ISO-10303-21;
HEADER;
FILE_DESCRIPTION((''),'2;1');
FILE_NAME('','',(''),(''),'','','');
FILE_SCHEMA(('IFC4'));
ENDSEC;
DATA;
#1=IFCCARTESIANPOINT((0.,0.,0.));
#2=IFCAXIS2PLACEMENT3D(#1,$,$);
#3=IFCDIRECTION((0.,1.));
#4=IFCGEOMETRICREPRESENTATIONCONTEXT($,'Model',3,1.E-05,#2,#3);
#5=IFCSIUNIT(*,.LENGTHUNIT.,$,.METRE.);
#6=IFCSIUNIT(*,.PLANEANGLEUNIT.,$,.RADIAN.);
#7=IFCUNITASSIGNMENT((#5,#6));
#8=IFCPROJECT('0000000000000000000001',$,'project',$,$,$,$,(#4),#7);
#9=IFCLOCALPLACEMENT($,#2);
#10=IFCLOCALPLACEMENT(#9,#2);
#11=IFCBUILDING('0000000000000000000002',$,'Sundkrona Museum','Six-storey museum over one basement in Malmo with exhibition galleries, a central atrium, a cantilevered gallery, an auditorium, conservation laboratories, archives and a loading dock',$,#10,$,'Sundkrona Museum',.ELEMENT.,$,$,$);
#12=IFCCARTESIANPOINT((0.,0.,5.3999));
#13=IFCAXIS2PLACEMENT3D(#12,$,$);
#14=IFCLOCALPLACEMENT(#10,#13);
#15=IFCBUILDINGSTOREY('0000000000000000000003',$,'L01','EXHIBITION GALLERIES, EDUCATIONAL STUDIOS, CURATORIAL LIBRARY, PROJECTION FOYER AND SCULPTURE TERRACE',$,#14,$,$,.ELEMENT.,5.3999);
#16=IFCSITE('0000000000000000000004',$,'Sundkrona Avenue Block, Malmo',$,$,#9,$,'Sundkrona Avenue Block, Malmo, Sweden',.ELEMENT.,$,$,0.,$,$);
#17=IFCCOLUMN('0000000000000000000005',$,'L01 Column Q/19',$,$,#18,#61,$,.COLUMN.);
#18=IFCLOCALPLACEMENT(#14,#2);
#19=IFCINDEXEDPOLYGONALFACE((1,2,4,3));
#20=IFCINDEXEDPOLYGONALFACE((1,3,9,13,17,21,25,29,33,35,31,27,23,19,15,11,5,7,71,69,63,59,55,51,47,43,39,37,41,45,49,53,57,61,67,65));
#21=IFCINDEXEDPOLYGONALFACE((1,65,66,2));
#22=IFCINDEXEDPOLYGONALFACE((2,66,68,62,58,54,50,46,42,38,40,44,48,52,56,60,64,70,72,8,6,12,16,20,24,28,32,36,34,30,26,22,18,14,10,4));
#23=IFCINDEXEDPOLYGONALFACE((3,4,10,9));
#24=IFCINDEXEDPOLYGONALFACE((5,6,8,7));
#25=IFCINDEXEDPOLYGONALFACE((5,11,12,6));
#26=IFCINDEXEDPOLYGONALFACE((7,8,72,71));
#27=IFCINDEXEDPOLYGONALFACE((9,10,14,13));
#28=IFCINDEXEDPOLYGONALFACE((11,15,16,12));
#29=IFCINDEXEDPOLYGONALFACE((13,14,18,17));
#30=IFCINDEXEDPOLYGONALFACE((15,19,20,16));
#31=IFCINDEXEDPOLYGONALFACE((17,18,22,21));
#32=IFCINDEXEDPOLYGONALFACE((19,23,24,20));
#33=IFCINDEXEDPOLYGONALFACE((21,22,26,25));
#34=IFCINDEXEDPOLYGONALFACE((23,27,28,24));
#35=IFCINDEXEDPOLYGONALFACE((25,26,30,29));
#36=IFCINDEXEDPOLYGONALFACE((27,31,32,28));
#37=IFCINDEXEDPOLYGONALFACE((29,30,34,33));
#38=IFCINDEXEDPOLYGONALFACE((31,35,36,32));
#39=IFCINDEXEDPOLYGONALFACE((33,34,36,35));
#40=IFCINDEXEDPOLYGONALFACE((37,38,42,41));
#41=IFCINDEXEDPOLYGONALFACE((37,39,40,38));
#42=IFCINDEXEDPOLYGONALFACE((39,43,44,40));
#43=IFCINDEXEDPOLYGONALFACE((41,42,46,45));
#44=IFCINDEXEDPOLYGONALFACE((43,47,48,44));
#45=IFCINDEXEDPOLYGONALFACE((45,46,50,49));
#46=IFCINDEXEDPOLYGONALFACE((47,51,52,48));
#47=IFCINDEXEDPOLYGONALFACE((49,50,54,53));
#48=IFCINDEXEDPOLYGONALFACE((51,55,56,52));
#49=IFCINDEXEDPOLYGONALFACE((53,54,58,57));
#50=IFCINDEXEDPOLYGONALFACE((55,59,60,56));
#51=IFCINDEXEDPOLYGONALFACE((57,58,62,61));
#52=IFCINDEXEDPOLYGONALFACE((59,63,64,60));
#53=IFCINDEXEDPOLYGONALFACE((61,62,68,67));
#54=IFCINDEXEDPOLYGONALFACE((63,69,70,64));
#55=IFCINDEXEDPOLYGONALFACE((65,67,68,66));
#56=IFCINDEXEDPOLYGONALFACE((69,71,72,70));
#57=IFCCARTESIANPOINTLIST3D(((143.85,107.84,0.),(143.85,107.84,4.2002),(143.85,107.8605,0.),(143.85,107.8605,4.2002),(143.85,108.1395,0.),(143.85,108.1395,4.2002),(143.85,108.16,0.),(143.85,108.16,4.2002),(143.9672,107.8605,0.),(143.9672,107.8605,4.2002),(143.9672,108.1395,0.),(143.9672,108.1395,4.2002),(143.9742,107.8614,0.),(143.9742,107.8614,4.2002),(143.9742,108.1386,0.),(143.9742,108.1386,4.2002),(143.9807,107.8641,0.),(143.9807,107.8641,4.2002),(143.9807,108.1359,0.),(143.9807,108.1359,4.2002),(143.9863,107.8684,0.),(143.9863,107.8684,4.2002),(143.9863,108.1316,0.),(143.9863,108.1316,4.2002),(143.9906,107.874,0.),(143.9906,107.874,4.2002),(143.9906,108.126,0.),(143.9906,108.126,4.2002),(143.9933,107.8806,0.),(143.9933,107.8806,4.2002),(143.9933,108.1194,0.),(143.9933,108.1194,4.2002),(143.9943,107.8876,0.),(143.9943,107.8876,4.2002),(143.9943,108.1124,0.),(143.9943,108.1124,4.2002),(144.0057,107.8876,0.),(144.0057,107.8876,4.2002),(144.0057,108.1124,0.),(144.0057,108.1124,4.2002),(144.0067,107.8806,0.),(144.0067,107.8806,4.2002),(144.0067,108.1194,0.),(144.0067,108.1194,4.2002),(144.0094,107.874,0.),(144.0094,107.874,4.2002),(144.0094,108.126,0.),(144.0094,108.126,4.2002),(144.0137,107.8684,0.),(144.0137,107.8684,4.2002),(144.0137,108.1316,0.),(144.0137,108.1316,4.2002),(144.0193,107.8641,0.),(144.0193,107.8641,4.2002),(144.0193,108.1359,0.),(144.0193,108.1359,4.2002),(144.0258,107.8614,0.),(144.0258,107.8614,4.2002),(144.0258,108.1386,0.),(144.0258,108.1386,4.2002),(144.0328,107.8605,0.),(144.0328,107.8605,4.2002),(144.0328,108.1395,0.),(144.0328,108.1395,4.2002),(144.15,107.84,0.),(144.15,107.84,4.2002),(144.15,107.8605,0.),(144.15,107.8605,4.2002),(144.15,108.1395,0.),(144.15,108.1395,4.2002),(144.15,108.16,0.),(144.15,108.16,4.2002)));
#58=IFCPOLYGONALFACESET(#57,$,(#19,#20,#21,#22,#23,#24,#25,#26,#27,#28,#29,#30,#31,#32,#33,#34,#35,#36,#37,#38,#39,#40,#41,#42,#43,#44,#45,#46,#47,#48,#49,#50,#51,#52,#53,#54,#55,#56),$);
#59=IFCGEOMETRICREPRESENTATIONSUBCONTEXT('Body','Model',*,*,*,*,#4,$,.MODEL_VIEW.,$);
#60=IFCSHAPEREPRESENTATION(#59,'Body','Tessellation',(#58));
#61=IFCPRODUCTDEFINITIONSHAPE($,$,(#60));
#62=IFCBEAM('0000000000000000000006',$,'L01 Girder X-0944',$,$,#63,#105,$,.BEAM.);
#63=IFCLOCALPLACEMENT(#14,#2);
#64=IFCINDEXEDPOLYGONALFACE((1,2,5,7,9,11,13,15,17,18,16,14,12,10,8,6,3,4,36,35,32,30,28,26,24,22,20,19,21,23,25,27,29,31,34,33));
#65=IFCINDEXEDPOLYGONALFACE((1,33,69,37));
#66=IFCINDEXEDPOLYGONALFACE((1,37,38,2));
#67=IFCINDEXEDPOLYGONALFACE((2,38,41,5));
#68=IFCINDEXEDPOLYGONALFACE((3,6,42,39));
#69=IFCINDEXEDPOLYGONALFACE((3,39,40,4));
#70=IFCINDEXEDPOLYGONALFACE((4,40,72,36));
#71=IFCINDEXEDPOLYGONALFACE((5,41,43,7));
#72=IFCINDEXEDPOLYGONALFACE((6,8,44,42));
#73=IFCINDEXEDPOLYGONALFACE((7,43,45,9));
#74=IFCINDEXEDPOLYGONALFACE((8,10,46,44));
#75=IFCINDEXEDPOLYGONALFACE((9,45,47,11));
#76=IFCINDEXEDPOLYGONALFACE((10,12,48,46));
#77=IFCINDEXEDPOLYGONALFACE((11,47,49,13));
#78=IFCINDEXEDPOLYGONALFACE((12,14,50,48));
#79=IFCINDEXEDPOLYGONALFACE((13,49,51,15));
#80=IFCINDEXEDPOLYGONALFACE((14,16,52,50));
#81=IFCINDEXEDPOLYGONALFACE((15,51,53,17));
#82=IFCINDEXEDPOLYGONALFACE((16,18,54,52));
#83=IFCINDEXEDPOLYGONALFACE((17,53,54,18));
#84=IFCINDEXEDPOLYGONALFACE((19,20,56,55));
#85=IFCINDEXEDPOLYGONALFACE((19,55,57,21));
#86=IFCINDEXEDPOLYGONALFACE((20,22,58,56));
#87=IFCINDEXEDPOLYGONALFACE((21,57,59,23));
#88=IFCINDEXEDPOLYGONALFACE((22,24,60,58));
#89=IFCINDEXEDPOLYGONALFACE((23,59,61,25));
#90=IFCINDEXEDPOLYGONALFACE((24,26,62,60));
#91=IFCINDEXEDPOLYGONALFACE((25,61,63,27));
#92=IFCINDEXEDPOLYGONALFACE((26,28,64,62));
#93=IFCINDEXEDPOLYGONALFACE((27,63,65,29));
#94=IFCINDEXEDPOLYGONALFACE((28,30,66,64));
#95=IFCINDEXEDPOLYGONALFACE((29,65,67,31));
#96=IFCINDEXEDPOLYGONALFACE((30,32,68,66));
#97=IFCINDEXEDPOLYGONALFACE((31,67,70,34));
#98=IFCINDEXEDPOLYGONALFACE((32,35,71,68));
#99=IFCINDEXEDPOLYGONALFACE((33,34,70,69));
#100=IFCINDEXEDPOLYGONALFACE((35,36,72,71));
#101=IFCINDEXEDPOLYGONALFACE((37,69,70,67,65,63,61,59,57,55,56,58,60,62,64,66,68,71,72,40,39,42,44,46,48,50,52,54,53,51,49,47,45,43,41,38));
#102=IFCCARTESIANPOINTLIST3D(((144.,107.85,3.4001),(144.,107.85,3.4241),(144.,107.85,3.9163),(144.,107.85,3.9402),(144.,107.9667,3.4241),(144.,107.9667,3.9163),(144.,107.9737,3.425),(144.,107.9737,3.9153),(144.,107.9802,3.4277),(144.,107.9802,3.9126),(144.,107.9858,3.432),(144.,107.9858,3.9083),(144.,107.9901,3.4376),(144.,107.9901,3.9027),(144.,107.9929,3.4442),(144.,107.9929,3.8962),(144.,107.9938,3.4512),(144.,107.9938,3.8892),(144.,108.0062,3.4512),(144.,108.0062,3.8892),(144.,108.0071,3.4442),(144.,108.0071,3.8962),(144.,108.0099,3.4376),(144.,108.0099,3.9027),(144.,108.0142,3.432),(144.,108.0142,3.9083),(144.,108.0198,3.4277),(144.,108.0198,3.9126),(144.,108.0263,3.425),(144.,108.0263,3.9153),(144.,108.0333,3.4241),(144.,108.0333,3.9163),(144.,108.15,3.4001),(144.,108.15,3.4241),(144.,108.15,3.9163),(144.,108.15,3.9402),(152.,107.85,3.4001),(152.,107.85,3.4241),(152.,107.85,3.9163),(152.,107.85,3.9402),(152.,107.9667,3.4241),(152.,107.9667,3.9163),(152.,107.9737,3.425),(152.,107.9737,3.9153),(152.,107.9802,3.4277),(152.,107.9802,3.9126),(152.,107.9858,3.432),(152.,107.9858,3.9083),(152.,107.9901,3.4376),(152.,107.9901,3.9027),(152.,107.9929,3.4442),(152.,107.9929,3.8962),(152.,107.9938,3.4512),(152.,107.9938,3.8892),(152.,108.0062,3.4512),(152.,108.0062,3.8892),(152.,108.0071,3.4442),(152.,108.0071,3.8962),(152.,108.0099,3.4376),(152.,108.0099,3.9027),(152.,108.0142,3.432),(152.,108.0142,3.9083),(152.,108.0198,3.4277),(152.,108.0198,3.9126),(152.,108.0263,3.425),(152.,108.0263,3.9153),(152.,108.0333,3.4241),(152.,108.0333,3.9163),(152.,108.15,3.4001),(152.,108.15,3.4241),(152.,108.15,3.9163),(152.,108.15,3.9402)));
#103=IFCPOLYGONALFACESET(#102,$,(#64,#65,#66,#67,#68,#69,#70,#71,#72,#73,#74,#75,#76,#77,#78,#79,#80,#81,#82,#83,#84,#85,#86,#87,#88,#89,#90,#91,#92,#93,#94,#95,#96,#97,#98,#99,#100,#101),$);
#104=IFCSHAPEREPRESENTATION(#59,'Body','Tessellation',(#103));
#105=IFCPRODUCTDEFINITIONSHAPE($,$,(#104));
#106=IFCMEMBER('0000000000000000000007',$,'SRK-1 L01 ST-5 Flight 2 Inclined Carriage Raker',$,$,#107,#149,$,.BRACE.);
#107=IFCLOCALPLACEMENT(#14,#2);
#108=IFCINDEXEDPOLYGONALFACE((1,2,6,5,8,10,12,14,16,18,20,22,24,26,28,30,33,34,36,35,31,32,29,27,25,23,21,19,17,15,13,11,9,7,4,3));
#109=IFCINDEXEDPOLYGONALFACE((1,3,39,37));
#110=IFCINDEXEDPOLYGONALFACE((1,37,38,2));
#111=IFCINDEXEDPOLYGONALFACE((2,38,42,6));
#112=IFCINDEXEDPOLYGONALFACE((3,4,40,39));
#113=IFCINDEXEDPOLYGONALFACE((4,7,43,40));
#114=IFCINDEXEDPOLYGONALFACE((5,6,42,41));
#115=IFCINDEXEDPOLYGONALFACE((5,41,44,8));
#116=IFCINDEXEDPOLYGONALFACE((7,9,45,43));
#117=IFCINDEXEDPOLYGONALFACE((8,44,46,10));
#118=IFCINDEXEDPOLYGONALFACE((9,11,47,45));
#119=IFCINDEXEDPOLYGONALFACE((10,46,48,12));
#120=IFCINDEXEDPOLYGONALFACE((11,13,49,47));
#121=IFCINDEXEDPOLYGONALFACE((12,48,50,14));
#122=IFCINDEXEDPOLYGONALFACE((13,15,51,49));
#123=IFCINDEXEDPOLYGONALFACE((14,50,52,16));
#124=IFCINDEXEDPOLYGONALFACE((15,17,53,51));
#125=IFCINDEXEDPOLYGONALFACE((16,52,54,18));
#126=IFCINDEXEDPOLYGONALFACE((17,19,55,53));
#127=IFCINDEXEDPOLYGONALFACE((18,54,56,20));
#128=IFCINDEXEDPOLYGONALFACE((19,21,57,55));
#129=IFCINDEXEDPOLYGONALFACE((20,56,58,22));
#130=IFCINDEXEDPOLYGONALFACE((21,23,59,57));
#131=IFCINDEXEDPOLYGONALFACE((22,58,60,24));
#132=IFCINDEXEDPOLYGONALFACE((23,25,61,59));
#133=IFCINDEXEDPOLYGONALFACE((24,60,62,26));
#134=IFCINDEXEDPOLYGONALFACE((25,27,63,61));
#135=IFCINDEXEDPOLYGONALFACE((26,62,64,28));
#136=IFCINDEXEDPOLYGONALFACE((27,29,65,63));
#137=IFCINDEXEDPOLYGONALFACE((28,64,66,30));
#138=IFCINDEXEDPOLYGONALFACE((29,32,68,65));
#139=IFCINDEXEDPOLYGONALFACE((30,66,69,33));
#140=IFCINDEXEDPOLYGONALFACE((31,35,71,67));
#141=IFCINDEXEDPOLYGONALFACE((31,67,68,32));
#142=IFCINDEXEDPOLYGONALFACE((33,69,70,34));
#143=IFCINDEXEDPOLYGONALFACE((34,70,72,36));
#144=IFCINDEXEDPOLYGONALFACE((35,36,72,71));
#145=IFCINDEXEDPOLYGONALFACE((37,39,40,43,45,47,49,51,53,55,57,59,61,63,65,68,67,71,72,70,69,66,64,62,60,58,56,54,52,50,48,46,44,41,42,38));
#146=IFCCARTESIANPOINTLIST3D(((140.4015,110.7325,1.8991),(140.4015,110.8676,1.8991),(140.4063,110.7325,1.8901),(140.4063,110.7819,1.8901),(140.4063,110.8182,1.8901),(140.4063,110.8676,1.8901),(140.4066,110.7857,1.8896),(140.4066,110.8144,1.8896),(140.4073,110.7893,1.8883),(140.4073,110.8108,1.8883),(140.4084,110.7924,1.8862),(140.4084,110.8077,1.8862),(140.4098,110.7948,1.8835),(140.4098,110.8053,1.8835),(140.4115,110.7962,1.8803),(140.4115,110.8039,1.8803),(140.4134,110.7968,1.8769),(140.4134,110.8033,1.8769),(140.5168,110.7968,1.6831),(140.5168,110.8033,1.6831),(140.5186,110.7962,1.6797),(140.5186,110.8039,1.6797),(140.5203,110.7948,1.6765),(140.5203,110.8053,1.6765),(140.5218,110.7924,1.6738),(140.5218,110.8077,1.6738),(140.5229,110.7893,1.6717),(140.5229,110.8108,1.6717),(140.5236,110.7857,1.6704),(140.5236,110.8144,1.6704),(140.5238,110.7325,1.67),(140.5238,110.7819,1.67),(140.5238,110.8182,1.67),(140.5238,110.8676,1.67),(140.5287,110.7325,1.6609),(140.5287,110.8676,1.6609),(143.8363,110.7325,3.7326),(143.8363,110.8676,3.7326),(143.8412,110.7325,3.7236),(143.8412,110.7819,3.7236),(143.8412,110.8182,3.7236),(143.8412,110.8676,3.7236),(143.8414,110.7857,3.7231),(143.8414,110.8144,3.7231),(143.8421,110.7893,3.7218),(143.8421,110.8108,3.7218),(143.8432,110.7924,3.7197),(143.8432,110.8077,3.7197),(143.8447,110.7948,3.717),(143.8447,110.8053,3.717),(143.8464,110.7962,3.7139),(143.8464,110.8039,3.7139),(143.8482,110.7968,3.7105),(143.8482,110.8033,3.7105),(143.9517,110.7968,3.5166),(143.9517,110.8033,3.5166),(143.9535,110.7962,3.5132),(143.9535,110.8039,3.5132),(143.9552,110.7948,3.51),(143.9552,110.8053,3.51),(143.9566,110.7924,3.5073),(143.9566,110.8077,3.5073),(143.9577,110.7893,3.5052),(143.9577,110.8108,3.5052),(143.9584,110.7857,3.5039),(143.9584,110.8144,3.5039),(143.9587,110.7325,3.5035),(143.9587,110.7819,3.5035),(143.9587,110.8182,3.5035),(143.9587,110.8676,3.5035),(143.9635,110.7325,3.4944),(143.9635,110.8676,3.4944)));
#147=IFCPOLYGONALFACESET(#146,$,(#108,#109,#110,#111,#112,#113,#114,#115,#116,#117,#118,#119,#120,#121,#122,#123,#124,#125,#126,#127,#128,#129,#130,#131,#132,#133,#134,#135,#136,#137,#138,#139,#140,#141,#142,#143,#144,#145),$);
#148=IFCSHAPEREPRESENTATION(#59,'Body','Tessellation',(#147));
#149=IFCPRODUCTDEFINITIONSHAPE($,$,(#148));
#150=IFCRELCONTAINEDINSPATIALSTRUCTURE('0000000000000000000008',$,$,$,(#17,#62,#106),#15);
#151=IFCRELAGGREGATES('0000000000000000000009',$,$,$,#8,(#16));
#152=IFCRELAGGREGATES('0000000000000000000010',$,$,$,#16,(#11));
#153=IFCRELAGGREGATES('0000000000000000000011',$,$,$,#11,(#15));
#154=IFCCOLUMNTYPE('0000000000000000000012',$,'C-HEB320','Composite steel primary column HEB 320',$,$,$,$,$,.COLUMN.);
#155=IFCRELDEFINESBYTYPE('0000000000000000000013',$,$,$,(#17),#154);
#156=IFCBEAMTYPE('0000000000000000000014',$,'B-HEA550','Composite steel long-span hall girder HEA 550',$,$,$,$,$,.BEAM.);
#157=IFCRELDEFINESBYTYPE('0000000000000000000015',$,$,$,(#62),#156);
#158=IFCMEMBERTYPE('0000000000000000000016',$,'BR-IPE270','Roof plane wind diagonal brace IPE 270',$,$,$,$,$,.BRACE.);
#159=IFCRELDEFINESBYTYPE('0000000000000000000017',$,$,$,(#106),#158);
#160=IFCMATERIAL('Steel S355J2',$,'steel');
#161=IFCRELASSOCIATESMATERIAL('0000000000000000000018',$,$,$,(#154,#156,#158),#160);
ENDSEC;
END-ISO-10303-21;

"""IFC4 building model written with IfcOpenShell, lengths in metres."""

from ifc_helpers import new_model, si_unit, direction, frame, origin, origin_2d, place, context, subcontext, project, spatial, i_section, extrude, material, material_profile, profile_set, type_object, element, save


model = new_model("IFC4")

# Units and contexts
model_context = context("Model", 3, precision=1e-05, world=origin(), true_north=direction((0.0, 1.0)))
body_context = subcontext(model_context, "Body", "Model", "MODEL_VIEW")
ifc_project = project(units=[si_unit("LENGTHUNIT", "METRE"), si_unit("PLANEANGLEUNIT", "RADIAN")], contexts=[model_context])

# Site, building, storey
site_placement = place(None, origin())
site = spatial("IfcSite", under=ifc_project, at=site_placement, Name="Sundkrona Avenue Block, Malmo", LongName="Sundkrona Avenue Block, Malmo, Sweden", CompositionType="ELEMENT", RefElevation=0.0)
building_placement = place(site_placement, origin())
building = spatial("IfcBuilding", under=site, at=building_placement, Name="Sundkrona Museum", Description="Six-storey museum over one basement in Malmo with exhibition galleries, a central atrium, a cantilevered gallery, an auditorium, conservation laboratories, archives and a loading dock", LongName="Sundkrona Museum", CompositionType="ELEMENT")
storey_placement = place(building_placement, frame((0.0, 0.0, 5.3999)))
storey = spatial("IfcBuildingStorey", under=building, at=storey_placement, Name="L01", Description="EXHIBITION GALLERIES, EDUCATIONAL STUDIOS, CURATORIAL LIBRARY, PROJECTION FOYER AND SCULPTURE TERRACE", CompositionType="ELEMENT", Elevation=5.3999)

# Column
ifc_material_1 = material(Name="Steel S355J2", Category="steel")
ifc_material_profile_1 = material_profile(ifc_material_1, i_section(OverallWidth=0.3, OverallDepth=0.3201, WebThickness=0.0115, FlangeThickness=0.0205, FilletRadius=0.0271, at=origin_2d()), Name="HEB 320")
ifc_profile_set_1 = profile_set([ifc_material_profile_1], Name="Steel S355J2")
column_type = type_object("IfcColumnType", Name="C-HEB320", Description="Composite steel primary column HEB 320", PredefinedType="COLUMN", material=ifc_profile_set_1)
column_placement = place(storey_placement, frame((144.0, 108.0, 0.0), z_axis=(0.0, 0.0, 1.0), x_axis=(1.0, 0.0, 0.0)))
element("IfcColumn", 1, at=column_placement, inside=storey, type_object=column_type, Name="L01 Column Q/19", PredefinedType="COLUMN", context=body_context, shape_type="SweptSolid", body=[
    extrude(i_section(OverallWidth=0.3, OverallDepth=0.3201, WebThickness=0.0115, FlangeThickness=0.0205, FilletRadius=0.0271, at=origin_2d()), origin(), (0.0, 0.0, 1.0), 4.2002),
])

# Beam
ifc_material_profile_2 = material_profile(ifc_material_1, i_section(OverallWidth=0.3, OverallDepth=0.54, WebThickness=0.0125, FlangeThickness=0.0239, FilletRadius=0.0271, at=origin_2d()), Name="HEA 550")
ifc_profile_set_2 = profile_set([ifc_material_profile_2], Name="Steel S355J2")
beam_type_1 = type_object("IfcBeamType", Name="B-HEA550", Description="Composite steel long-span hall girder HEA 550", PredefinedType="BEAM", material=ifc_profile_set_2)
beam_1_placement = place(storey_placement, frame((144.0, 108.0, 3.6702), z_axis=(1.0, 0.0, 0.0), x_axis=(0.0, 1.0, 0.0)))
element("IfcBeam", 2, at=beam_1_placement, inside=storey, type_object=beam_type_1, Name="L01 Girder X-0944", PredefinedType="BEAM", context=body_context, shape_type="SweptSolid", body=[
    extrude(i_section(OverallWidth=0.3, OverallDepth=0.54, WebThickness=0.0125, FlangeThickness=0.0239, FilletRadius=0.0271, at=origin_2d()), origin(), (0.0, 0.0, 1.0), 8.0),
])

# Member
ifc_material_profile_3 = material_profile(ifc_material_1, i_section(OverallWidth=0.135, OverallDepth=0.27, WebThickness=0.0066, FlangeThickness=0.0103, FilletRadius=0.0149, at=origin_2d()), Name="IPE 270")
ifc_profile_set_3 = profile_set([ifc_material_profile_3], Name="Steel S355J2")
member_type = type_object("IfcMemberType", Name="BR-IPE270", Description="Roof plane wind diagonal brace IPE 270", PredefinedType="BRACE", material=ifc_profile_set_3)
member_placement = place(storey_placement, frame((140.4651, 110.8, 1.78), z_axis=(0.882183, 0.0, 0.470907), x_axis=(0.0, 1.0, 0.0)))
element("IfcMember", 3, at=member_placement, inside=storey, type_object=member_type, Name="SRK-1 L01 ST-5 Flight 2 Inclined Carriage Raker", PredefinedType="BRACE", context=body_context, shape_type="SweptSolid", body=[
    extrude(i_section(OverallWidth=0.135, OverallDepth=0.27, WebThickness=0.0066, FlangeThickness=0.0103, FilletRadius=0.0149, at=origin_2d()), origin(), (0.0, 0.0, 1.0), 3.8936),
])

save(model, "model.ifc")
